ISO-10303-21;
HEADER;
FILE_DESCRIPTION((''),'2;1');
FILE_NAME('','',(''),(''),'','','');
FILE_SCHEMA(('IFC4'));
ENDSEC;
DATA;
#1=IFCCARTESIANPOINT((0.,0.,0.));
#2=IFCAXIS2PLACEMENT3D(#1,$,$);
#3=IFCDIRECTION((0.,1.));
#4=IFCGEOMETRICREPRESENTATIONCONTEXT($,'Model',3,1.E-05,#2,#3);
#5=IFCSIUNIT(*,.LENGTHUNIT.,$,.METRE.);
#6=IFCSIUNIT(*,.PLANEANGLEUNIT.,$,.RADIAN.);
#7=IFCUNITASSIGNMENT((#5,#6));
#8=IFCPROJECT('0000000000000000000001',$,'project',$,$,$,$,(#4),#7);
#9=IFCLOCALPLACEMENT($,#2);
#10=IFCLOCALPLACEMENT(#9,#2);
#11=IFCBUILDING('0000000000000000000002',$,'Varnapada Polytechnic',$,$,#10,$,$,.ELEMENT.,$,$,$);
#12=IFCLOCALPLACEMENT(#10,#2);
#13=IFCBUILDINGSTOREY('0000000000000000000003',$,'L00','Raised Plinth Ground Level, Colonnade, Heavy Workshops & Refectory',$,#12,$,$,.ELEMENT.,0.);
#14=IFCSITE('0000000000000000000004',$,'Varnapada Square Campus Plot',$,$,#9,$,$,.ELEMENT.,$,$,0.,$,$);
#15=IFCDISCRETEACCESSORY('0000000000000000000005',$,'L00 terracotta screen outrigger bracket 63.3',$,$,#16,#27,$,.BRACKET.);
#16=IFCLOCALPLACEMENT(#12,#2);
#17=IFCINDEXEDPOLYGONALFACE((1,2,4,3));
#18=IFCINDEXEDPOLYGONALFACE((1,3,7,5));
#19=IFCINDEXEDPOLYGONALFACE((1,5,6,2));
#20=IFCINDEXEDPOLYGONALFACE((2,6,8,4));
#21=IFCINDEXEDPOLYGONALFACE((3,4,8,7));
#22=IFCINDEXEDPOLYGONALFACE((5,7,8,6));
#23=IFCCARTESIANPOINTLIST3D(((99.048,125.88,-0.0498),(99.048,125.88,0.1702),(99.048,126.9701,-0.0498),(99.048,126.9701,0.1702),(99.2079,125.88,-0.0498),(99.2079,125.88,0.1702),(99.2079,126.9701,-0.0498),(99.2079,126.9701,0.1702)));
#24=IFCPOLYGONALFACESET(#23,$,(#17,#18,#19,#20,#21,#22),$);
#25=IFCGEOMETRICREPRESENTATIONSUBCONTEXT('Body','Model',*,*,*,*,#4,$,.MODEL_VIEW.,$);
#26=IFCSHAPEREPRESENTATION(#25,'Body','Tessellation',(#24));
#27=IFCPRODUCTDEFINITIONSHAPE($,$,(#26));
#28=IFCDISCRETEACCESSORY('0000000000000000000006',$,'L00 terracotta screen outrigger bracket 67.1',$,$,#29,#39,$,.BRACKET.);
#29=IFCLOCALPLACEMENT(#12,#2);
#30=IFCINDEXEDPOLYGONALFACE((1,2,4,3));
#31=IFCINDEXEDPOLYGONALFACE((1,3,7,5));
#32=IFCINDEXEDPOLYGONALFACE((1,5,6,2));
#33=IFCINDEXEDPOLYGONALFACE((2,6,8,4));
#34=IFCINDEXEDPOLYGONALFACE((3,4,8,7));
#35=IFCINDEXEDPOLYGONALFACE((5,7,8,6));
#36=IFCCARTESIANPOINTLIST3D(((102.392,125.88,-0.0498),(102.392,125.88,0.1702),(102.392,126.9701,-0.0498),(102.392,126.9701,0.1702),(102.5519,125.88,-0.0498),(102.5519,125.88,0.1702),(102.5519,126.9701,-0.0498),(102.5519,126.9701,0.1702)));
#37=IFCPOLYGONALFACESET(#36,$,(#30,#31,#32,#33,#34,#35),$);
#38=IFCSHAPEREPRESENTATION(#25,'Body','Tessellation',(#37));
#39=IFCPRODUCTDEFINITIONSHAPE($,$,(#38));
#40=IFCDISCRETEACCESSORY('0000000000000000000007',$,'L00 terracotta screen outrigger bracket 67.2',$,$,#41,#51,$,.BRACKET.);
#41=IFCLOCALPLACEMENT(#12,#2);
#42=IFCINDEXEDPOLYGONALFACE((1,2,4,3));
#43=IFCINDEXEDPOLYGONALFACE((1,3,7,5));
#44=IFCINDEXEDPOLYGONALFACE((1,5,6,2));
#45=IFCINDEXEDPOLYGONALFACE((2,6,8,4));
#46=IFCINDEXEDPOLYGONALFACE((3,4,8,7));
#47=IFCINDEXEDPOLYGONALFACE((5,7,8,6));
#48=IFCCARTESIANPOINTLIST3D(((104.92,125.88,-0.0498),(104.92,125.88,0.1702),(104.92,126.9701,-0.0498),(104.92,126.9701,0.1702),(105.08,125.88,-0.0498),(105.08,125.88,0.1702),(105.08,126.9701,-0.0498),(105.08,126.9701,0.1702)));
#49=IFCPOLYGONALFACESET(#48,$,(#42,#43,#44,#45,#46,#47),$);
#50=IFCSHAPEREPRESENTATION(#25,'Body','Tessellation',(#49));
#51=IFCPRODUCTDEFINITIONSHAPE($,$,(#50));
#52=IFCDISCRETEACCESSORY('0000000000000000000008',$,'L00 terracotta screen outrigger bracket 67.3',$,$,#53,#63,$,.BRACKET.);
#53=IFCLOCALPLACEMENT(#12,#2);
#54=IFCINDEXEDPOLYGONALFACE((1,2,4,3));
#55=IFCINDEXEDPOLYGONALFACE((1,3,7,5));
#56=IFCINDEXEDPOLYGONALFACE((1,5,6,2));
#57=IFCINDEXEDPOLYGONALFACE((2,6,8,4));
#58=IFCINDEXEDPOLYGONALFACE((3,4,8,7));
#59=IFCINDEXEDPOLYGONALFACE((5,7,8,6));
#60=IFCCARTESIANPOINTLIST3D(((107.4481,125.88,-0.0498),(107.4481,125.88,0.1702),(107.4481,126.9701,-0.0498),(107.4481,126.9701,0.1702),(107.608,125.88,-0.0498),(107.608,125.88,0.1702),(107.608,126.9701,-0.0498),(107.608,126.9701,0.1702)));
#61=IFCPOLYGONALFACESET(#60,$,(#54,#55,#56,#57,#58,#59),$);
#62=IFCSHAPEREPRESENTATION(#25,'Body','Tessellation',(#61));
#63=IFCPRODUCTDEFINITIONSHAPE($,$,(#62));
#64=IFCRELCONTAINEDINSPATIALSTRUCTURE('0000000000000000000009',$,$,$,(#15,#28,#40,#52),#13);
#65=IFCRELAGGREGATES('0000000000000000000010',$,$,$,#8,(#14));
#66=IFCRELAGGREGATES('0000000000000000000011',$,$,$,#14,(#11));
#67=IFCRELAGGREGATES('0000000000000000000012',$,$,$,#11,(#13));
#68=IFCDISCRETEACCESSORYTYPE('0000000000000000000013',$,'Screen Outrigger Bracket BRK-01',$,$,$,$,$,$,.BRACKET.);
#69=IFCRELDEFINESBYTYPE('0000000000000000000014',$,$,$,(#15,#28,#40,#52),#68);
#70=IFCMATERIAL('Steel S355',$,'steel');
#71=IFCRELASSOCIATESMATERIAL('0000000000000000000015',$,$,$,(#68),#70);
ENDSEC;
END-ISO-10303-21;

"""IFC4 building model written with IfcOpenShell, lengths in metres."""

from ifc_helpers import new_model, si_unit, direction, frame, origin, origin_2d, place, context, subcontext, project, spatial, rectangle, extrude, material, type_object, element, save


model = new_model("IFC4")

# Units and contexts
model_context = context("Model", 3, precision=1e-05, world=origin(), true_north=direction((0.0, 1.0)))
body_context = subcontext(model_context, "Body", "Model", "MODEL_VIEW")
ifc_project = project(units=[si_unit("LENGTHUNIT", "METRE"), si_unit("PLANEANGLEUNIT", "RADIAN")], contexts=[model_context])

# Site, building, storey
site_placement = place(None, origin())
site = spatial("IfcSite", under=ifc_project, at=site_placement, Name="Varnapada Square Campus Plot", CompositionType="ELEMENT", RefElevation=0.0)
building_placement = place(site_placement, origin())
building = spatial("IfcBuilding", under=site, at=building_placement, Name="Varnapada Polytechnic", CompositionType="ELEMENT")
storey_placement = place(building_placement, origin())
storey = spatial("IfcBuildingStorey", under=building, at=storey_placement, Name="L00", Description="Raised Plinth Ground Level, Colonnade, Heavy Workshops & Refectory", CompositionType="ELEMENT", Elevation=0.0)

# Discrete accessories
ifc_material_1 = material(Name="Steel S355", Category="steel")
discrete_accessory_type = type_object("IfcDiscreteAccessoryType", Name="Screen Outrigger Bracket BRK-01", PredefinedType="BRACKET", material=ifc_material_1)
for number, where, z_axis, x_axis, name in (
    (1, (99.1279, 126.425, -0.0498), (0.0, 0.0, 1.0), (1.0, 0.0, 0.0), "L00 terracotta screen outrigger bracket 63.3"),
    (2, (102.4719, 126.425, -0.0498), (0.0, 0.0, 1.0), (1.0, 0.0, 0.0), "L00 terracotta screen outrigger bracket 67.1"),
    (3, (105.0, 126.425, -0.0498), (0.0, 0.0, 1.0), (1.0, 0.0, 0.0), "L00 terracotta screen outrigger bracket 67.2"),
    (4, (107.5281, 126.425, -0.0498), (0.0, 0.0, 1.0), (1.0, 0.0, 0.0), "L00 terracotta screen outrigger bracket 67.3"),
):
    element("IfcDiscreteAccessory", number, at=place(storey_placement, frame(where, z_axis=z_axis, x_axis=x_axis)), inside=storey, type_object=discrete_accessory_type, Name=name, PredefinedType="BRACKET", context=body_context, shape_type="SweptSolid", body=[
        extrude(rectangle(XDim=0.1599, YDim=1.0901, at=origin_2d()), origin(), (0.0, 0.0, 1.0), 0.22),
    ])

save(model, "model.ifc")
